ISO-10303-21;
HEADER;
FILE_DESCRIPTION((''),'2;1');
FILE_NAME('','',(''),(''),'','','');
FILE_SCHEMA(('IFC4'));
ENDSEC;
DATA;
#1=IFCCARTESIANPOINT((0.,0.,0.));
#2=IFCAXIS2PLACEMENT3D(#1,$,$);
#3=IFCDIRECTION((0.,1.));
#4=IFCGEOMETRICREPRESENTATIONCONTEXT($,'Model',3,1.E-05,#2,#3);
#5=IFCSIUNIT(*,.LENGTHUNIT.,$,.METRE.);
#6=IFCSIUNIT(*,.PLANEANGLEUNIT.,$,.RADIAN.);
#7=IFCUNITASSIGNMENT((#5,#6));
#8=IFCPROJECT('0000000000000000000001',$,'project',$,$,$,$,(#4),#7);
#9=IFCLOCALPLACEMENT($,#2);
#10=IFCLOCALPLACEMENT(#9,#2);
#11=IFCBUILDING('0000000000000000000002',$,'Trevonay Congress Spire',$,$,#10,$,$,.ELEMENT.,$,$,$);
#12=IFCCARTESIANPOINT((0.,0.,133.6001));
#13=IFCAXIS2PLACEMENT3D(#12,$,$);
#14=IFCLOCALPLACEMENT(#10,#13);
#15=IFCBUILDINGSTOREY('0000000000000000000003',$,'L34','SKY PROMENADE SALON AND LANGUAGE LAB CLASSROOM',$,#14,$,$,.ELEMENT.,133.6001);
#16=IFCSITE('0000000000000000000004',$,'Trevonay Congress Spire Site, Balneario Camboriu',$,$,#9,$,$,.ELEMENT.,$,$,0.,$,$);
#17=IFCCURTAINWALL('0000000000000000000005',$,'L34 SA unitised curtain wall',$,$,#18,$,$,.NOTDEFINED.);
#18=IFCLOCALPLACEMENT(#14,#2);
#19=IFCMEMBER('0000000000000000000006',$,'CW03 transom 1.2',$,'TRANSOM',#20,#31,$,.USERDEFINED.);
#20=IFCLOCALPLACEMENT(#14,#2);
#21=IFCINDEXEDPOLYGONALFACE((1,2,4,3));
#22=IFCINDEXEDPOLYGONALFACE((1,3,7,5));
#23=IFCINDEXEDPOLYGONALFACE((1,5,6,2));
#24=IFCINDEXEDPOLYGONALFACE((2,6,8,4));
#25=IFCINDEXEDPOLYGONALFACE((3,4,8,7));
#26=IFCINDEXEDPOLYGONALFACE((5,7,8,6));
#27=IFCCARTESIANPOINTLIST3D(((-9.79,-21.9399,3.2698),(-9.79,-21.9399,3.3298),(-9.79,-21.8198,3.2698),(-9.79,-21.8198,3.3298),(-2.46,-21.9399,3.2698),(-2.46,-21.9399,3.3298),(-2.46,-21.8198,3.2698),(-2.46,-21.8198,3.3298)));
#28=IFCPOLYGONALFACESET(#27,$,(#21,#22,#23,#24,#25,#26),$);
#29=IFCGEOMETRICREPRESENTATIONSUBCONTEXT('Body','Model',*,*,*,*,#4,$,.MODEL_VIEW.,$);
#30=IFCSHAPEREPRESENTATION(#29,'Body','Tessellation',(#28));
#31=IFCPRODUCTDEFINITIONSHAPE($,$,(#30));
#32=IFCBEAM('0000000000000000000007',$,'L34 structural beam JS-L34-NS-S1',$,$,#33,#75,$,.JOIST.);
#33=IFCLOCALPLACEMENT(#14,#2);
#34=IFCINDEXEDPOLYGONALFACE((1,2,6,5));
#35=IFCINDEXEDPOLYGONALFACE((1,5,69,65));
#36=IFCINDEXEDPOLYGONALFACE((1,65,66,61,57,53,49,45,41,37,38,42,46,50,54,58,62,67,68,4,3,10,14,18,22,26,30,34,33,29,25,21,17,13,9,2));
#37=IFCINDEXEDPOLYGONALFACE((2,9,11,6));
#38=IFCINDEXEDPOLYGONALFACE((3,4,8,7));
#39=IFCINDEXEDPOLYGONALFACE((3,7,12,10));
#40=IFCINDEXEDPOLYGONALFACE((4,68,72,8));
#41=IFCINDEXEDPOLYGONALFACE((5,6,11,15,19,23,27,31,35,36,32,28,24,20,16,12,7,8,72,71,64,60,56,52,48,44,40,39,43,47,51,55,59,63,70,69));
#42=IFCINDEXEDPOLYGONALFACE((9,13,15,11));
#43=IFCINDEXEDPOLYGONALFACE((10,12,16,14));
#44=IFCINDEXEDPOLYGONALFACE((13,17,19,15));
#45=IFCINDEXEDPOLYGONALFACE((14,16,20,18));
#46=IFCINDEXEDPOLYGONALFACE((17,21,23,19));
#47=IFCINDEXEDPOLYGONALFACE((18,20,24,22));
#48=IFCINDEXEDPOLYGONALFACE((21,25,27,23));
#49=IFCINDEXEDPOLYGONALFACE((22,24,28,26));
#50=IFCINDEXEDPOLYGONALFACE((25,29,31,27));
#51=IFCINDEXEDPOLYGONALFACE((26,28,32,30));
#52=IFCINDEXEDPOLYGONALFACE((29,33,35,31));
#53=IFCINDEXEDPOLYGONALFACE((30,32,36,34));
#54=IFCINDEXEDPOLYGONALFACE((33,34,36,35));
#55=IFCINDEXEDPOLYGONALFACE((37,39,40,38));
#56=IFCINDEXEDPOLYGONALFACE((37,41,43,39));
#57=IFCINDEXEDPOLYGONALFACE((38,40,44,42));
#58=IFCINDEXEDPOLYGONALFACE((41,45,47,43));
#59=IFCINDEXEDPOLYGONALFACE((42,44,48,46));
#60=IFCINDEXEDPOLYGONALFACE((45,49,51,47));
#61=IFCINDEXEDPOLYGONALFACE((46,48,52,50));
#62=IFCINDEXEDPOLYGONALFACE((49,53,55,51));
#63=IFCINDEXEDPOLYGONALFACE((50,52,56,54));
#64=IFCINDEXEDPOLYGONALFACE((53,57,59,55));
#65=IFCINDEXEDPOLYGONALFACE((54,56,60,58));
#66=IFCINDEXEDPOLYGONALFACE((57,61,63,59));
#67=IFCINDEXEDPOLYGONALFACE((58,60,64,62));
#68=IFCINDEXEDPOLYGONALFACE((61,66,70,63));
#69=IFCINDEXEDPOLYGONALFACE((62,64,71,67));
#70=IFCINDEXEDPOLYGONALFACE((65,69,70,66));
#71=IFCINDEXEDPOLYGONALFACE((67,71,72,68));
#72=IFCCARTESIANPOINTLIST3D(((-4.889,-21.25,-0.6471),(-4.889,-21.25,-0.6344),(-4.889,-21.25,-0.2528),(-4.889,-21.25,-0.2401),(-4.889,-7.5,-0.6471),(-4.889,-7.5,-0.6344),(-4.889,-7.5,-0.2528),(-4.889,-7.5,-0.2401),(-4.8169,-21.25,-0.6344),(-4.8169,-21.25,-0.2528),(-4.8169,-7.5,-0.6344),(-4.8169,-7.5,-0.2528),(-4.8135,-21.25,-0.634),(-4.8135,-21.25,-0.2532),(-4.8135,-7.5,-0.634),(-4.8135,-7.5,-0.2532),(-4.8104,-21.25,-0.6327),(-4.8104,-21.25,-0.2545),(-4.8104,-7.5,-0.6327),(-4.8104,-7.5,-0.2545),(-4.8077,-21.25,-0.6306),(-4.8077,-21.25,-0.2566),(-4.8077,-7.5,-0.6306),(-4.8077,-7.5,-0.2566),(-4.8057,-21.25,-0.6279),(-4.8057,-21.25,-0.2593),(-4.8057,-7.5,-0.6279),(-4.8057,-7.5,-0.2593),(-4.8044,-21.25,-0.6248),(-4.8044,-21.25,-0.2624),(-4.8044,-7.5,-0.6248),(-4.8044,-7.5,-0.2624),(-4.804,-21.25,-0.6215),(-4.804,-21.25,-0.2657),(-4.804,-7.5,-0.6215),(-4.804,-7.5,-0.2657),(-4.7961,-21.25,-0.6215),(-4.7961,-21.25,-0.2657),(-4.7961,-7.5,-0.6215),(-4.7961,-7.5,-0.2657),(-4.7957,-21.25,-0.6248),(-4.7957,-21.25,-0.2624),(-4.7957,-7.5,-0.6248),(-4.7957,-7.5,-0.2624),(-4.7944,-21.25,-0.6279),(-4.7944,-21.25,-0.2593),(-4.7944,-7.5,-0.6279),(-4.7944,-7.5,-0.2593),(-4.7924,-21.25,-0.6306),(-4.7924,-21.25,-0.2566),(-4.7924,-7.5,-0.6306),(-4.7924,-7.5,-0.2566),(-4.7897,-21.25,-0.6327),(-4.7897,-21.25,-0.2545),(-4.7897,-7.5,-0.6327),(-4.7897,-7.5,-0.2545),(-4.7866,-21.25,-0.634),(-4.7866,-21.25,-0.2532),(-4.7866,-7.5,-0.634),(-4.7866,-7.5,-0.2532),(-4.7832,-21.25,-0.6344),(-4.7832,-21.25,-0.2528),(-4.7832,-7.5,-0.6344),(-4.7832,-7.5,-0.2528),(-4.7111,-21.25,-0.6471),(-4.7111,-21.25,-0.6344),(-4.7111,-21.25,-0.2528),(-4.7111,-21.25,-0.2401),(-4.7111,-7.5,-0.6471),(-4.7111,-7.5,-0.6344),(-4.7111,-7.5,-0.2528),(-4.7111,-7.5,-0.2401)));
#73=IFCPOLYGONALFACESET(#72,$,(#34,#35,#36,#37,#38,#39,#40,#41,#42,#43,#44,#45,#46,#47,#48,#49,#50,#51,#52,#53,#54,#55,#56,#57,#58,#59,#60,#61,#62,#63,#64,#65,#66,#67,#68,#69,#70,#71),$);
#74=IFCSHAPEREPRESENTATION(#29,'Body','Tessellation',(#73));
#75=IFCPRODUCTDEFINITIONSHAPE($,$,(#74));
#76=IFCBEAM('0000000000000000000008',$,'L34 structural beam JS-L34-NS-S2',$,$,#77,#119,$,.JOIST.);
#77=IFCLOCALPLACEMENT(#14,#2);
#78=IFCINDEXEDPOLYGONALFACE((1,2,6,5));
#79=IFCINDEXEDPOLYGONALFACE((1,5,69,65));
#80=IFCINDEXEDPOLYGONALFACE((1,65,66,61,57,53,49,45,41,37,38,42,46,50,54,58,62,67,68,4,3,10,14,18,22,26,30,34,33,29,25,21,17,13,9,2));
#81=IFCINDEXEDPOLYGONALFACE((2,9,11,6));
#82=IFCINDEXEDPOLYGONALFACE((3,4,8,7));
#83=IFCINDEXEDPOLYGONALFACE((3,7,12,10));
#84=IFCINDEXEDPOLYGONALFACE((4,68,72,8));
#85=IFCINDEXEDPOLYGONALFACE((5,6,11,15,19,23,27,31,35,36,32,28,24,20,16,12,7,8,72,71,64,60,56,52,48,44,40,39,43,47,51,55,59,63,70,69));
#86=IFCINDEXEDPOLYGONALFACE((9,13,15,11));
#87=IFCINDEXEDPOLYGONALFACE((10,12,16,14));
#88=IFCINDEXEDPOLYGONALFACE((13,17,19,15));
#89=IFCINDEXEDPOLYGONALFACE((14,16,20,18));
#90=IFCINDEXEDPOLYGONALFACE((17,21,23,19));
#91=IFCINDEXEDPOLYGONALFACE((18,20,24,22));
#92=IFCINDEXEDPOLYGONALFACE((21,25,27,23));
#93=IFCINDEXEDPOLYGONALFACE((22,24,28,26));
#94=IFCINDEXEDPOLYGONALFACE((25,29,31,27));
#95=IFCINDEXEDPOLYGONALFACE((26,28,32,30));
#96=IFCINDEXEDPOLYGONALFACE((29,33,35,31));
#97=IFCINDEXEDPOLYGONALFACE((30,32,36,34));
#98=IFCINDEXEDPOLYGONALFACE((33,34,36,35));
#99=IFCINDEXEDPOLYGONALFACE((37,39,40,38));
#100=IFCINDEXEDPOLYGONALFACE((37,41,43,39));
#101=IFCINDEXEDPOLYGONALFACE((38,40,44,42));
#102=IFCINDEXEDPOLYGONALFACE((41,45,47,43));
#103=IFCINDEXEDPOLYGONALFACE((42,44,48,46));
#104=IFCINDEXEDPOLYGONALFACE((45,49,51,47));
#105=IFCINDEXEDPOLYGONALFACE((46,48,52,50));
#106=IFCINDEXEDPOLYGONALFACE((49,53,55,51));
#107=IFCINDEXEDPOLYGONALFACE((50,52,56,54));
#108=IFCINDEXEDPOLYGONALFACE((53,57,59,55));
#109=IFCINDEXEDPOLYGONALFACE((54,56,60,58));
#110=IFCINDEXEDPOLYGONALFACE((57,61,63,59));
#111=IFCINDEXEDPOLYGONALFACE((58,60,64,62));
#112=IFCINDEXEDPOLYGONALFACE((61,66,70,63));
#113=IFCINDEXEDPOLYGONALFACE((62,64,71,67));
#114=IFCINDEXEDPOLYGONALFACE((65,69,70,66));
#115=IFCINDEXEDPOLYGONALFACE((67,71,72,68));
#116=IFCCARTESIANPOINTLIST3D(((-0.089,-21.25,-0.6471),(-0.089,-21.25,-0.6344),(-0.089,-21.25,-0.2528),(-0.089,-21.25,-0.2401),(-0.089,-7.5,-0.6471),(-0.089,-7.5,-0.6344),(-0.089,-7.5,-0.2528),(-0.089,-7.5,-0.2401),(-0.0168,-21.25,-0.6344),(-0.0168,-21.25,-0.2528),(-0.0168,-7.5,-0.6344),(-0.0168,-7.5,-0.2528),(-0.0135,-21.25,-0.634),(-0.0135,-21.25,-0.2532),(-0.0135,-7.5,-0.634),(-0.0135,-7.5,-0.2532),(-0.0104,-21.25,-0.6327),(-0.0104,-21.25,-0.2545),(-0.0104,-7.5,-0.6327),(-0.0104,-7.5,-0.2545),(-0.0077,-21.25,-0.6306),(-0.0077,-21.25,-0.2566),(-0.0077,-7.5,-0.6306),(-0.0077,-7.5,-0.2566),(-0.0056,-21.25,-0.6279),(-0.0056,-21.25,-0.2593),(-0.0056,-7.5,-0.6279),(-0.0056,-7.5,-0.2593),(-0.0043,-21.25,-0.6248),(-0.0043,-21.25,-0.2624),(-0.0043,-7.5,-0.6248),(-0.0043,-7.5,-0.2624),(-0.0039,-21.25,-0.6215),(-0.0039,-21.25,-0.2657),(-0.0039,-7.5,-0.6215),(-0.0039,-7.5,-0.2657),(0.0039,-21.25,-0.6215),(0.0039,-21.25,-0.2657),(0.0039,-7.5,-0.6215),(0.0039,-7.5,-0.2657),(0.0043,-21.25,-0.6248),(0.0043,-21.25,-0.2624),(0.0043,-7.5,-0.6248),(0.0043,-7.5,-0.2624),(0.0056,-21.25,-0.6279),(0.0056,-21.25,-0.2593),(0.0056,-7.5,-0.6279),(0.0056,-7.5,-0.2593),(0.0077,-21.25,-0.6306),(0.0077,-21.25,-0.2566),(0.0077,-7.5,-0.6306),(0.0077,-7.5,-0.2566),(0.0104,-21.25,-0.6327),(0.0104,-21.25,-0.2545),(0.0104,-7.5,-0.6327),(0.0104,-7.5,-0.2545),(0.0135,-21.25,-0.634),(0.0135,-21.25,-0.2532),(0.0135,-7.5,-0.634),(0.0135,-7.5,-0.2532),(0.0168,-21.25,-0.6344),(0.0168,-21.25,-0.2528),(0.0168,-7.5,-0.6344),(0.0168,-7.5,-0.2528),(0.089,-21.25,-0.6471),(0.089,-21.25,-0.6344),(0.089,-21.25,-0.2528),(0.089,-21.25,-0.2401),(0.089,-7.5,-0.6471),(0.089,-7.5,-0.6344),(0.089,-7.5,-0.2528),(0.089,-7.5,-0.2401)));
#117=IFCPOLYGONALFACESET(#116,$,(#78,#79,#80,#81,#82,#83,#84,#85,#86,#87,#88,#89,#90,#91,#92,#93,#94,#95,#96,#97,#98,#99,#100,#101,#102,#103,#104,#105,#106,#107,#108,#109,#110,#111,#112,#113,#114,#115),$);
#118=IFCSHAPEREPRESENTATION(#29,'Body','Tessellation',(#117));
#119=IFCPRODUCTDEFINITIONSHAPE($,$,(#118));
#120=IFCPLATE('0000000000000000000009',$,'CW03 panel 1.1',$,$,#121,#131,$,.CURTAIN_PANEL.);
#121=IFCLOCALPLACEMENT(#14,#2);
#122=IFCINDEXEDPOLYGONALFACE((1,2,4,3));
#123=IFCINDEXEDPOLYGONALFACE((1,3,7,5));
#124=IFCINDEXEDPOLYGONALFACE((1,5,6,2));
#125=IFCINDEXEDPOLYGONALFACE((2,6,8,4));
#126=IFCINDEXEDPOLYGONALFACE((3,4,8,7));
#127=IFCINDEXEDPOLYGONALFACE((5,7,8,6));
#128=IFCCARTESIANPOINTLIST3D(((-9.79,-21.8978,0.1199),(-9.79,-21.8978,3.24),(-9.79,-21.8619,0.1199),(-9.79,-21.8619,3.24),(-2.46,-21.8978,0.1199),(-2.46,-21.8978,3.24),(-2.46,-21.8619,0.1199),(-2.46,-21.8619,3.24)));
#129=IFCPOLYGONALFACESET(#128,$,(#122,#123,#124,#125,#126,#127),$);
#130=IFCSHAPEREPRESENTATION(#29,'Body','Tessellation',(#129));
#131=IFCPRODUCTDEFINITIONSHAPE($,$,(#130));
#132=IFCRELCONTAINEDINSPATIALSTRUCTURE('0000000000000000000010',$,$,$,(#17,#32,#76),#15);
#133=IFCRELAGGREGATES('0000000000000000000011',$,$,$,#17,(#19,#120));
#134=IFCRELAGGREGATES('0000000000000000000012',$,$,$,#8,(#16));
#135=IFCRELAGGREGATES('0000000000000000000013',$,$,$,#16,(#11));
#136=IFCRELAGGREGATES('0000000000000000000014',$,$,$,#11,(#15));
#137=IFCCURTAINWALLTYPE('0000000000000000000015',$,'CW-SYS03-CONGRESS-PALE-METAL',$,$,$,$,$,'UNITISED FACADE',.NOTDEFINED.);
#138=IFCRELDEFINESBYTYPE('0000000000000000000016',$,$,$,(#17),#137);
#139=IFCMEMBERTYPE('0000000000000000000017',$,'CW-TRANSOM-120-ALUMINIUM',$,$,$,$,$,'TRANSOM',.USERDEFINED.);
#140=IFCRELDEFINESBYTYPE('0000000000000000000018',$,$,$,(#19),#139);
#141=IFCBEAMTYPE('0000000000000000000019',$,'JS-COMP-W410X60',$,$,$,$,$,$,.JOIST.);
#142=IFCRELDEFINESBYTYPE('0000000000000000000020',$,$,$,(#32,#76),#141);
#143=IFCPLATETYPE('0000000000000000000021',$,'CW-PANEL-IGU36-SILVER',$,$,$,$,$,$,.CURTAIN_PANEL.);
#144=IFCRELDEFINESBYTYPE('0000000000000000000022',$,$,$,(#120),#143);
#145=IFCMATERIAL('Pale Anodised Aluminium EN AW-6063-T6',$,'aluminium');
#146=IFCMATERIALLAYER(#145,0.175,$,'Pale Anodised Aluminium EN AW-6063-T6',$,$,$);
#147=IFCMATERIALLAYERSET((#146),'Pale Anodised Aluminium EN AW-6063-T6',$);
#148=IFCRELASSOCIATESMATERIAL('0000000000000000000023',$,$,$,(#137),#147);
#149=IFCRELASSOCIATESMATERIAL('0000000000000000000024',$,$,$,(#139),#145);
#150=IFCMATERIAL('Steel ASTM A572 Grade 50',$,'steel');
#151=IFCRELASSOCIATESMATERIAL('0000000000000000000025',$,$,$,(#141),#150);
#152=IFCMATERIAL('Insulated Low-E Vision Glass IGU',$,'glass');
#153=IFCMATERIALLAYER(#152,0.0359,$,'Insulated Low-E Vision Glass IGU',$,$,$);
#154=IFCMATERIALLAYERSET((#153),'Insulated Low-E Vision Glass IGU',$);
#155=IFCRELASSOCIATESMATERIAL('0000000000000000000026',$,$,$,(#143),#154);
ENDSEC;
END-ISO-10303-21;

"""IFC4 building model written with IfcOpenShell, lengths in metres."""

from ifc_helpers import new_model, si_unit, direction, frame, origin, origin_2d, place, context, subcontext, project, spatial, rectangle, i_section, extrude, material, layer, layer_set, material_profile, profile_set, type_object, element, aggregate, save


model = new_model("IFC4")

# Units and contexts
model_context = context("Model", 3, precision=1e-05, world=origin(), true_north=direction((0.0, 1.0)))
body_context = subcontext(model_context, "Body", "Model", "MODEL_VIEW")
ifc_project = project(units=[si_unit("LENGTHUNIT", "METRE"), si_unit("PLANEANGLEUNIT", "RADIAN")], contexts=[model_context])

# Site, building, storey
site_placement = place(None, origin())
site = spatial("IfcSite", under=ifc_project, at=site_placement, Name="Trevonay Congress Spire Site, Balneario Camboriu", CompositionType="ELEMENT", RefElevation=0.0)
building_placement = place(site_placement, origin())
building = spatial("IfcBuilding", under=site, at=building_placement, Name="Trevonay Congress Spire", CompositionType="ELEMENT")
storey_placement = place(building_placement, frame((0.0, 0.0, 133.6001)))
storey = spatial("IfcBuildingStorey", under=building, at=storey_placement, Name="L34", Description="SKY PROMENADE SALON AND LANGUAGE LAB CLASSROOM", CompositionType="ELEMENT", Elevation=133.6001)

# Shared definitions
ifc_material_1 = material(Name="Steel ASTM A572 Grade 50", Category="steel")

# Curtain wall, member
ifc_material_2 = material(Name="Pale Anodised Aluminium EN AW-6063-T6", Category="aluminium")
ifc_layer_1 = layer(ifc_material_2, 0.175, Name="Pale Anodised Aluminium EN AW-6063-T6")
ifc_layer_set_1 = layer_set([ifc_layer_1], Name="Pale Anodised Aluminium EN AW-6063-T6")
curtain_wall_type = type_object("IfcCurtainWallType", Name="CW-SYS03-CONGRESS-PALE-METAL", ElementType="UNITISED FACADE", PredefinedType="NOTDEFINED", material=ifc_layer_set_1)
curtain_wall_placement = place(storey_placement, origin())
curtain_wall = element("IfcCurtainWall", 1, at=curtain_wall_placement, inside=storey, type_object=curtain_wall_type, Name="L34 SA unitised curtain wall", PredefinedType="NOTDEFINED")
ifc_material_profile_1 = material_profile(ifc_material_2, rectangle(XDim=0.1201, YDim=0.0601, at=origin_2d()), Name="CW-TRANSOM-120-ALUMINIUM")
ifc_profile_set_1 = profile_set([ifc_material_profile_1], Name="Pale Anodised Aluminium EN AW-6063-T6")
member_type_1 = type_object("IfcMemberType", Name="CW-TRANSOM-120-ALUMINIUM", ElementType="TRANSOM", PredefinedType="USERDEFINED", material=ifc_profile_set_1)
member_1_placement = place(storey_placement, frame((-9.79, -21.8799, 3.2998), z_axis=(1.0, 0.0, 0.0), x_axis=(0.0, 1.0, 0.0)))
member_1 = element("IfcMember", 2, at=member_1_placement, type_object=member_type_1, Name="CW03 transom 1.2", ObjectType="TRANSOM", PredefinedType="USERDEFINED", context=body_context, shape_type="SweptSolid", body=[
    extrude(rectangle(XDim=0.1201, YDim=0.0601, at=origin_2d()), origin(), (0.0, 0.0, 1.0), 7.3301),
])

# Beams
ifc_material_profile_2 = material_profile(ifc_material_1, i_section(OverallWidth=0.178, OverallDepth=0.407, WebThickness=0.0078, FlangeThickness=0.0127, FilletRadius=0.0129, at=origin_2d()), Name="W410x60")
ifc_profile_set_2 = profile_set([ifc_material_profile_2], Name="Steel ASTM A572 Grade 50")
beam_type_1 = type_object("IfcBeamType", Name="JS-COMP-W410X60", PredefinedType="JOIST", material=ifc_profile_set_2)
for number, where, z_axis, x_axis, name in (
    (3, (-4.8, -21.25, -0.4436), (0.0, 1.0, 0.0), (-1.0, 0.0, 0.0), "L34 structural beam JS-L34-NS-S1"),
    (4, (0.0, -21.25, -0.4436), (0.0, 1.0, 0.0), (-1.0, 0.0, 0.0), "L34 structural beam JS-L34-NS-S2"),
):
    element("IfcBeam", number, at=place(storey_placement, frame(where, z_axis=z_axis, x_axis=x_axis)), inside=storey, type_object=beam_type_1, Name=name, PredefinedType="JOIST", context=body_context, shape_type="SweptSolid", body=[
        extrude(i_section(OverallWidth=0.178, OverallDepth=0.407, WebThickness=0.0078, FlangeThickness=0.0127, FilletRadius=0.0129, at=origin_2d()), origin(), (0.0, 0.0, 1.0), 13.75),
    ])

# Plate
ifc_material_3 = material(Name="Insulated Low-E Vision Glass IGU", Category="glass")
ifc_layer_2 = layer(ifc_material_3, 0.0359, Name="Insulated Low-E Vision Glass IGU")
ifc_layer_set_2 = layer_set([ifc_layer_2], Name="Insulated Low-E Vision Glass IGU")
plate_type = type_object("IfcPlateType", Name="CW-PANEL-IGU36-SILVER", PredefinedType="CURTAIN_PANEL", material=ifc_layer_set_2)
plate_placement = place(storey_placement, frame((-6.125, -21.8799, 0.1199), z_axis=(0.0, 0.0, 1.0), x_axis=(1.0, 0.0, 0.0)))
plate = element("IfcPlate", 5, at=plate_placement, type_object=plate_type, Name="CW03 panel 1.1", PredefinedType="CURTAIN_PANEL", context=body_context, shape_type="SweptSolid", body=[
    extrude(rectangle(XDim=7.3301, YDim=0.0359, at=origin_2d()), origin(), (0.0, 0.0, 1.0), 3.1201),
])
aggregate(curtain_wall, [member_1, plate])

save(model, "model.ifc")
